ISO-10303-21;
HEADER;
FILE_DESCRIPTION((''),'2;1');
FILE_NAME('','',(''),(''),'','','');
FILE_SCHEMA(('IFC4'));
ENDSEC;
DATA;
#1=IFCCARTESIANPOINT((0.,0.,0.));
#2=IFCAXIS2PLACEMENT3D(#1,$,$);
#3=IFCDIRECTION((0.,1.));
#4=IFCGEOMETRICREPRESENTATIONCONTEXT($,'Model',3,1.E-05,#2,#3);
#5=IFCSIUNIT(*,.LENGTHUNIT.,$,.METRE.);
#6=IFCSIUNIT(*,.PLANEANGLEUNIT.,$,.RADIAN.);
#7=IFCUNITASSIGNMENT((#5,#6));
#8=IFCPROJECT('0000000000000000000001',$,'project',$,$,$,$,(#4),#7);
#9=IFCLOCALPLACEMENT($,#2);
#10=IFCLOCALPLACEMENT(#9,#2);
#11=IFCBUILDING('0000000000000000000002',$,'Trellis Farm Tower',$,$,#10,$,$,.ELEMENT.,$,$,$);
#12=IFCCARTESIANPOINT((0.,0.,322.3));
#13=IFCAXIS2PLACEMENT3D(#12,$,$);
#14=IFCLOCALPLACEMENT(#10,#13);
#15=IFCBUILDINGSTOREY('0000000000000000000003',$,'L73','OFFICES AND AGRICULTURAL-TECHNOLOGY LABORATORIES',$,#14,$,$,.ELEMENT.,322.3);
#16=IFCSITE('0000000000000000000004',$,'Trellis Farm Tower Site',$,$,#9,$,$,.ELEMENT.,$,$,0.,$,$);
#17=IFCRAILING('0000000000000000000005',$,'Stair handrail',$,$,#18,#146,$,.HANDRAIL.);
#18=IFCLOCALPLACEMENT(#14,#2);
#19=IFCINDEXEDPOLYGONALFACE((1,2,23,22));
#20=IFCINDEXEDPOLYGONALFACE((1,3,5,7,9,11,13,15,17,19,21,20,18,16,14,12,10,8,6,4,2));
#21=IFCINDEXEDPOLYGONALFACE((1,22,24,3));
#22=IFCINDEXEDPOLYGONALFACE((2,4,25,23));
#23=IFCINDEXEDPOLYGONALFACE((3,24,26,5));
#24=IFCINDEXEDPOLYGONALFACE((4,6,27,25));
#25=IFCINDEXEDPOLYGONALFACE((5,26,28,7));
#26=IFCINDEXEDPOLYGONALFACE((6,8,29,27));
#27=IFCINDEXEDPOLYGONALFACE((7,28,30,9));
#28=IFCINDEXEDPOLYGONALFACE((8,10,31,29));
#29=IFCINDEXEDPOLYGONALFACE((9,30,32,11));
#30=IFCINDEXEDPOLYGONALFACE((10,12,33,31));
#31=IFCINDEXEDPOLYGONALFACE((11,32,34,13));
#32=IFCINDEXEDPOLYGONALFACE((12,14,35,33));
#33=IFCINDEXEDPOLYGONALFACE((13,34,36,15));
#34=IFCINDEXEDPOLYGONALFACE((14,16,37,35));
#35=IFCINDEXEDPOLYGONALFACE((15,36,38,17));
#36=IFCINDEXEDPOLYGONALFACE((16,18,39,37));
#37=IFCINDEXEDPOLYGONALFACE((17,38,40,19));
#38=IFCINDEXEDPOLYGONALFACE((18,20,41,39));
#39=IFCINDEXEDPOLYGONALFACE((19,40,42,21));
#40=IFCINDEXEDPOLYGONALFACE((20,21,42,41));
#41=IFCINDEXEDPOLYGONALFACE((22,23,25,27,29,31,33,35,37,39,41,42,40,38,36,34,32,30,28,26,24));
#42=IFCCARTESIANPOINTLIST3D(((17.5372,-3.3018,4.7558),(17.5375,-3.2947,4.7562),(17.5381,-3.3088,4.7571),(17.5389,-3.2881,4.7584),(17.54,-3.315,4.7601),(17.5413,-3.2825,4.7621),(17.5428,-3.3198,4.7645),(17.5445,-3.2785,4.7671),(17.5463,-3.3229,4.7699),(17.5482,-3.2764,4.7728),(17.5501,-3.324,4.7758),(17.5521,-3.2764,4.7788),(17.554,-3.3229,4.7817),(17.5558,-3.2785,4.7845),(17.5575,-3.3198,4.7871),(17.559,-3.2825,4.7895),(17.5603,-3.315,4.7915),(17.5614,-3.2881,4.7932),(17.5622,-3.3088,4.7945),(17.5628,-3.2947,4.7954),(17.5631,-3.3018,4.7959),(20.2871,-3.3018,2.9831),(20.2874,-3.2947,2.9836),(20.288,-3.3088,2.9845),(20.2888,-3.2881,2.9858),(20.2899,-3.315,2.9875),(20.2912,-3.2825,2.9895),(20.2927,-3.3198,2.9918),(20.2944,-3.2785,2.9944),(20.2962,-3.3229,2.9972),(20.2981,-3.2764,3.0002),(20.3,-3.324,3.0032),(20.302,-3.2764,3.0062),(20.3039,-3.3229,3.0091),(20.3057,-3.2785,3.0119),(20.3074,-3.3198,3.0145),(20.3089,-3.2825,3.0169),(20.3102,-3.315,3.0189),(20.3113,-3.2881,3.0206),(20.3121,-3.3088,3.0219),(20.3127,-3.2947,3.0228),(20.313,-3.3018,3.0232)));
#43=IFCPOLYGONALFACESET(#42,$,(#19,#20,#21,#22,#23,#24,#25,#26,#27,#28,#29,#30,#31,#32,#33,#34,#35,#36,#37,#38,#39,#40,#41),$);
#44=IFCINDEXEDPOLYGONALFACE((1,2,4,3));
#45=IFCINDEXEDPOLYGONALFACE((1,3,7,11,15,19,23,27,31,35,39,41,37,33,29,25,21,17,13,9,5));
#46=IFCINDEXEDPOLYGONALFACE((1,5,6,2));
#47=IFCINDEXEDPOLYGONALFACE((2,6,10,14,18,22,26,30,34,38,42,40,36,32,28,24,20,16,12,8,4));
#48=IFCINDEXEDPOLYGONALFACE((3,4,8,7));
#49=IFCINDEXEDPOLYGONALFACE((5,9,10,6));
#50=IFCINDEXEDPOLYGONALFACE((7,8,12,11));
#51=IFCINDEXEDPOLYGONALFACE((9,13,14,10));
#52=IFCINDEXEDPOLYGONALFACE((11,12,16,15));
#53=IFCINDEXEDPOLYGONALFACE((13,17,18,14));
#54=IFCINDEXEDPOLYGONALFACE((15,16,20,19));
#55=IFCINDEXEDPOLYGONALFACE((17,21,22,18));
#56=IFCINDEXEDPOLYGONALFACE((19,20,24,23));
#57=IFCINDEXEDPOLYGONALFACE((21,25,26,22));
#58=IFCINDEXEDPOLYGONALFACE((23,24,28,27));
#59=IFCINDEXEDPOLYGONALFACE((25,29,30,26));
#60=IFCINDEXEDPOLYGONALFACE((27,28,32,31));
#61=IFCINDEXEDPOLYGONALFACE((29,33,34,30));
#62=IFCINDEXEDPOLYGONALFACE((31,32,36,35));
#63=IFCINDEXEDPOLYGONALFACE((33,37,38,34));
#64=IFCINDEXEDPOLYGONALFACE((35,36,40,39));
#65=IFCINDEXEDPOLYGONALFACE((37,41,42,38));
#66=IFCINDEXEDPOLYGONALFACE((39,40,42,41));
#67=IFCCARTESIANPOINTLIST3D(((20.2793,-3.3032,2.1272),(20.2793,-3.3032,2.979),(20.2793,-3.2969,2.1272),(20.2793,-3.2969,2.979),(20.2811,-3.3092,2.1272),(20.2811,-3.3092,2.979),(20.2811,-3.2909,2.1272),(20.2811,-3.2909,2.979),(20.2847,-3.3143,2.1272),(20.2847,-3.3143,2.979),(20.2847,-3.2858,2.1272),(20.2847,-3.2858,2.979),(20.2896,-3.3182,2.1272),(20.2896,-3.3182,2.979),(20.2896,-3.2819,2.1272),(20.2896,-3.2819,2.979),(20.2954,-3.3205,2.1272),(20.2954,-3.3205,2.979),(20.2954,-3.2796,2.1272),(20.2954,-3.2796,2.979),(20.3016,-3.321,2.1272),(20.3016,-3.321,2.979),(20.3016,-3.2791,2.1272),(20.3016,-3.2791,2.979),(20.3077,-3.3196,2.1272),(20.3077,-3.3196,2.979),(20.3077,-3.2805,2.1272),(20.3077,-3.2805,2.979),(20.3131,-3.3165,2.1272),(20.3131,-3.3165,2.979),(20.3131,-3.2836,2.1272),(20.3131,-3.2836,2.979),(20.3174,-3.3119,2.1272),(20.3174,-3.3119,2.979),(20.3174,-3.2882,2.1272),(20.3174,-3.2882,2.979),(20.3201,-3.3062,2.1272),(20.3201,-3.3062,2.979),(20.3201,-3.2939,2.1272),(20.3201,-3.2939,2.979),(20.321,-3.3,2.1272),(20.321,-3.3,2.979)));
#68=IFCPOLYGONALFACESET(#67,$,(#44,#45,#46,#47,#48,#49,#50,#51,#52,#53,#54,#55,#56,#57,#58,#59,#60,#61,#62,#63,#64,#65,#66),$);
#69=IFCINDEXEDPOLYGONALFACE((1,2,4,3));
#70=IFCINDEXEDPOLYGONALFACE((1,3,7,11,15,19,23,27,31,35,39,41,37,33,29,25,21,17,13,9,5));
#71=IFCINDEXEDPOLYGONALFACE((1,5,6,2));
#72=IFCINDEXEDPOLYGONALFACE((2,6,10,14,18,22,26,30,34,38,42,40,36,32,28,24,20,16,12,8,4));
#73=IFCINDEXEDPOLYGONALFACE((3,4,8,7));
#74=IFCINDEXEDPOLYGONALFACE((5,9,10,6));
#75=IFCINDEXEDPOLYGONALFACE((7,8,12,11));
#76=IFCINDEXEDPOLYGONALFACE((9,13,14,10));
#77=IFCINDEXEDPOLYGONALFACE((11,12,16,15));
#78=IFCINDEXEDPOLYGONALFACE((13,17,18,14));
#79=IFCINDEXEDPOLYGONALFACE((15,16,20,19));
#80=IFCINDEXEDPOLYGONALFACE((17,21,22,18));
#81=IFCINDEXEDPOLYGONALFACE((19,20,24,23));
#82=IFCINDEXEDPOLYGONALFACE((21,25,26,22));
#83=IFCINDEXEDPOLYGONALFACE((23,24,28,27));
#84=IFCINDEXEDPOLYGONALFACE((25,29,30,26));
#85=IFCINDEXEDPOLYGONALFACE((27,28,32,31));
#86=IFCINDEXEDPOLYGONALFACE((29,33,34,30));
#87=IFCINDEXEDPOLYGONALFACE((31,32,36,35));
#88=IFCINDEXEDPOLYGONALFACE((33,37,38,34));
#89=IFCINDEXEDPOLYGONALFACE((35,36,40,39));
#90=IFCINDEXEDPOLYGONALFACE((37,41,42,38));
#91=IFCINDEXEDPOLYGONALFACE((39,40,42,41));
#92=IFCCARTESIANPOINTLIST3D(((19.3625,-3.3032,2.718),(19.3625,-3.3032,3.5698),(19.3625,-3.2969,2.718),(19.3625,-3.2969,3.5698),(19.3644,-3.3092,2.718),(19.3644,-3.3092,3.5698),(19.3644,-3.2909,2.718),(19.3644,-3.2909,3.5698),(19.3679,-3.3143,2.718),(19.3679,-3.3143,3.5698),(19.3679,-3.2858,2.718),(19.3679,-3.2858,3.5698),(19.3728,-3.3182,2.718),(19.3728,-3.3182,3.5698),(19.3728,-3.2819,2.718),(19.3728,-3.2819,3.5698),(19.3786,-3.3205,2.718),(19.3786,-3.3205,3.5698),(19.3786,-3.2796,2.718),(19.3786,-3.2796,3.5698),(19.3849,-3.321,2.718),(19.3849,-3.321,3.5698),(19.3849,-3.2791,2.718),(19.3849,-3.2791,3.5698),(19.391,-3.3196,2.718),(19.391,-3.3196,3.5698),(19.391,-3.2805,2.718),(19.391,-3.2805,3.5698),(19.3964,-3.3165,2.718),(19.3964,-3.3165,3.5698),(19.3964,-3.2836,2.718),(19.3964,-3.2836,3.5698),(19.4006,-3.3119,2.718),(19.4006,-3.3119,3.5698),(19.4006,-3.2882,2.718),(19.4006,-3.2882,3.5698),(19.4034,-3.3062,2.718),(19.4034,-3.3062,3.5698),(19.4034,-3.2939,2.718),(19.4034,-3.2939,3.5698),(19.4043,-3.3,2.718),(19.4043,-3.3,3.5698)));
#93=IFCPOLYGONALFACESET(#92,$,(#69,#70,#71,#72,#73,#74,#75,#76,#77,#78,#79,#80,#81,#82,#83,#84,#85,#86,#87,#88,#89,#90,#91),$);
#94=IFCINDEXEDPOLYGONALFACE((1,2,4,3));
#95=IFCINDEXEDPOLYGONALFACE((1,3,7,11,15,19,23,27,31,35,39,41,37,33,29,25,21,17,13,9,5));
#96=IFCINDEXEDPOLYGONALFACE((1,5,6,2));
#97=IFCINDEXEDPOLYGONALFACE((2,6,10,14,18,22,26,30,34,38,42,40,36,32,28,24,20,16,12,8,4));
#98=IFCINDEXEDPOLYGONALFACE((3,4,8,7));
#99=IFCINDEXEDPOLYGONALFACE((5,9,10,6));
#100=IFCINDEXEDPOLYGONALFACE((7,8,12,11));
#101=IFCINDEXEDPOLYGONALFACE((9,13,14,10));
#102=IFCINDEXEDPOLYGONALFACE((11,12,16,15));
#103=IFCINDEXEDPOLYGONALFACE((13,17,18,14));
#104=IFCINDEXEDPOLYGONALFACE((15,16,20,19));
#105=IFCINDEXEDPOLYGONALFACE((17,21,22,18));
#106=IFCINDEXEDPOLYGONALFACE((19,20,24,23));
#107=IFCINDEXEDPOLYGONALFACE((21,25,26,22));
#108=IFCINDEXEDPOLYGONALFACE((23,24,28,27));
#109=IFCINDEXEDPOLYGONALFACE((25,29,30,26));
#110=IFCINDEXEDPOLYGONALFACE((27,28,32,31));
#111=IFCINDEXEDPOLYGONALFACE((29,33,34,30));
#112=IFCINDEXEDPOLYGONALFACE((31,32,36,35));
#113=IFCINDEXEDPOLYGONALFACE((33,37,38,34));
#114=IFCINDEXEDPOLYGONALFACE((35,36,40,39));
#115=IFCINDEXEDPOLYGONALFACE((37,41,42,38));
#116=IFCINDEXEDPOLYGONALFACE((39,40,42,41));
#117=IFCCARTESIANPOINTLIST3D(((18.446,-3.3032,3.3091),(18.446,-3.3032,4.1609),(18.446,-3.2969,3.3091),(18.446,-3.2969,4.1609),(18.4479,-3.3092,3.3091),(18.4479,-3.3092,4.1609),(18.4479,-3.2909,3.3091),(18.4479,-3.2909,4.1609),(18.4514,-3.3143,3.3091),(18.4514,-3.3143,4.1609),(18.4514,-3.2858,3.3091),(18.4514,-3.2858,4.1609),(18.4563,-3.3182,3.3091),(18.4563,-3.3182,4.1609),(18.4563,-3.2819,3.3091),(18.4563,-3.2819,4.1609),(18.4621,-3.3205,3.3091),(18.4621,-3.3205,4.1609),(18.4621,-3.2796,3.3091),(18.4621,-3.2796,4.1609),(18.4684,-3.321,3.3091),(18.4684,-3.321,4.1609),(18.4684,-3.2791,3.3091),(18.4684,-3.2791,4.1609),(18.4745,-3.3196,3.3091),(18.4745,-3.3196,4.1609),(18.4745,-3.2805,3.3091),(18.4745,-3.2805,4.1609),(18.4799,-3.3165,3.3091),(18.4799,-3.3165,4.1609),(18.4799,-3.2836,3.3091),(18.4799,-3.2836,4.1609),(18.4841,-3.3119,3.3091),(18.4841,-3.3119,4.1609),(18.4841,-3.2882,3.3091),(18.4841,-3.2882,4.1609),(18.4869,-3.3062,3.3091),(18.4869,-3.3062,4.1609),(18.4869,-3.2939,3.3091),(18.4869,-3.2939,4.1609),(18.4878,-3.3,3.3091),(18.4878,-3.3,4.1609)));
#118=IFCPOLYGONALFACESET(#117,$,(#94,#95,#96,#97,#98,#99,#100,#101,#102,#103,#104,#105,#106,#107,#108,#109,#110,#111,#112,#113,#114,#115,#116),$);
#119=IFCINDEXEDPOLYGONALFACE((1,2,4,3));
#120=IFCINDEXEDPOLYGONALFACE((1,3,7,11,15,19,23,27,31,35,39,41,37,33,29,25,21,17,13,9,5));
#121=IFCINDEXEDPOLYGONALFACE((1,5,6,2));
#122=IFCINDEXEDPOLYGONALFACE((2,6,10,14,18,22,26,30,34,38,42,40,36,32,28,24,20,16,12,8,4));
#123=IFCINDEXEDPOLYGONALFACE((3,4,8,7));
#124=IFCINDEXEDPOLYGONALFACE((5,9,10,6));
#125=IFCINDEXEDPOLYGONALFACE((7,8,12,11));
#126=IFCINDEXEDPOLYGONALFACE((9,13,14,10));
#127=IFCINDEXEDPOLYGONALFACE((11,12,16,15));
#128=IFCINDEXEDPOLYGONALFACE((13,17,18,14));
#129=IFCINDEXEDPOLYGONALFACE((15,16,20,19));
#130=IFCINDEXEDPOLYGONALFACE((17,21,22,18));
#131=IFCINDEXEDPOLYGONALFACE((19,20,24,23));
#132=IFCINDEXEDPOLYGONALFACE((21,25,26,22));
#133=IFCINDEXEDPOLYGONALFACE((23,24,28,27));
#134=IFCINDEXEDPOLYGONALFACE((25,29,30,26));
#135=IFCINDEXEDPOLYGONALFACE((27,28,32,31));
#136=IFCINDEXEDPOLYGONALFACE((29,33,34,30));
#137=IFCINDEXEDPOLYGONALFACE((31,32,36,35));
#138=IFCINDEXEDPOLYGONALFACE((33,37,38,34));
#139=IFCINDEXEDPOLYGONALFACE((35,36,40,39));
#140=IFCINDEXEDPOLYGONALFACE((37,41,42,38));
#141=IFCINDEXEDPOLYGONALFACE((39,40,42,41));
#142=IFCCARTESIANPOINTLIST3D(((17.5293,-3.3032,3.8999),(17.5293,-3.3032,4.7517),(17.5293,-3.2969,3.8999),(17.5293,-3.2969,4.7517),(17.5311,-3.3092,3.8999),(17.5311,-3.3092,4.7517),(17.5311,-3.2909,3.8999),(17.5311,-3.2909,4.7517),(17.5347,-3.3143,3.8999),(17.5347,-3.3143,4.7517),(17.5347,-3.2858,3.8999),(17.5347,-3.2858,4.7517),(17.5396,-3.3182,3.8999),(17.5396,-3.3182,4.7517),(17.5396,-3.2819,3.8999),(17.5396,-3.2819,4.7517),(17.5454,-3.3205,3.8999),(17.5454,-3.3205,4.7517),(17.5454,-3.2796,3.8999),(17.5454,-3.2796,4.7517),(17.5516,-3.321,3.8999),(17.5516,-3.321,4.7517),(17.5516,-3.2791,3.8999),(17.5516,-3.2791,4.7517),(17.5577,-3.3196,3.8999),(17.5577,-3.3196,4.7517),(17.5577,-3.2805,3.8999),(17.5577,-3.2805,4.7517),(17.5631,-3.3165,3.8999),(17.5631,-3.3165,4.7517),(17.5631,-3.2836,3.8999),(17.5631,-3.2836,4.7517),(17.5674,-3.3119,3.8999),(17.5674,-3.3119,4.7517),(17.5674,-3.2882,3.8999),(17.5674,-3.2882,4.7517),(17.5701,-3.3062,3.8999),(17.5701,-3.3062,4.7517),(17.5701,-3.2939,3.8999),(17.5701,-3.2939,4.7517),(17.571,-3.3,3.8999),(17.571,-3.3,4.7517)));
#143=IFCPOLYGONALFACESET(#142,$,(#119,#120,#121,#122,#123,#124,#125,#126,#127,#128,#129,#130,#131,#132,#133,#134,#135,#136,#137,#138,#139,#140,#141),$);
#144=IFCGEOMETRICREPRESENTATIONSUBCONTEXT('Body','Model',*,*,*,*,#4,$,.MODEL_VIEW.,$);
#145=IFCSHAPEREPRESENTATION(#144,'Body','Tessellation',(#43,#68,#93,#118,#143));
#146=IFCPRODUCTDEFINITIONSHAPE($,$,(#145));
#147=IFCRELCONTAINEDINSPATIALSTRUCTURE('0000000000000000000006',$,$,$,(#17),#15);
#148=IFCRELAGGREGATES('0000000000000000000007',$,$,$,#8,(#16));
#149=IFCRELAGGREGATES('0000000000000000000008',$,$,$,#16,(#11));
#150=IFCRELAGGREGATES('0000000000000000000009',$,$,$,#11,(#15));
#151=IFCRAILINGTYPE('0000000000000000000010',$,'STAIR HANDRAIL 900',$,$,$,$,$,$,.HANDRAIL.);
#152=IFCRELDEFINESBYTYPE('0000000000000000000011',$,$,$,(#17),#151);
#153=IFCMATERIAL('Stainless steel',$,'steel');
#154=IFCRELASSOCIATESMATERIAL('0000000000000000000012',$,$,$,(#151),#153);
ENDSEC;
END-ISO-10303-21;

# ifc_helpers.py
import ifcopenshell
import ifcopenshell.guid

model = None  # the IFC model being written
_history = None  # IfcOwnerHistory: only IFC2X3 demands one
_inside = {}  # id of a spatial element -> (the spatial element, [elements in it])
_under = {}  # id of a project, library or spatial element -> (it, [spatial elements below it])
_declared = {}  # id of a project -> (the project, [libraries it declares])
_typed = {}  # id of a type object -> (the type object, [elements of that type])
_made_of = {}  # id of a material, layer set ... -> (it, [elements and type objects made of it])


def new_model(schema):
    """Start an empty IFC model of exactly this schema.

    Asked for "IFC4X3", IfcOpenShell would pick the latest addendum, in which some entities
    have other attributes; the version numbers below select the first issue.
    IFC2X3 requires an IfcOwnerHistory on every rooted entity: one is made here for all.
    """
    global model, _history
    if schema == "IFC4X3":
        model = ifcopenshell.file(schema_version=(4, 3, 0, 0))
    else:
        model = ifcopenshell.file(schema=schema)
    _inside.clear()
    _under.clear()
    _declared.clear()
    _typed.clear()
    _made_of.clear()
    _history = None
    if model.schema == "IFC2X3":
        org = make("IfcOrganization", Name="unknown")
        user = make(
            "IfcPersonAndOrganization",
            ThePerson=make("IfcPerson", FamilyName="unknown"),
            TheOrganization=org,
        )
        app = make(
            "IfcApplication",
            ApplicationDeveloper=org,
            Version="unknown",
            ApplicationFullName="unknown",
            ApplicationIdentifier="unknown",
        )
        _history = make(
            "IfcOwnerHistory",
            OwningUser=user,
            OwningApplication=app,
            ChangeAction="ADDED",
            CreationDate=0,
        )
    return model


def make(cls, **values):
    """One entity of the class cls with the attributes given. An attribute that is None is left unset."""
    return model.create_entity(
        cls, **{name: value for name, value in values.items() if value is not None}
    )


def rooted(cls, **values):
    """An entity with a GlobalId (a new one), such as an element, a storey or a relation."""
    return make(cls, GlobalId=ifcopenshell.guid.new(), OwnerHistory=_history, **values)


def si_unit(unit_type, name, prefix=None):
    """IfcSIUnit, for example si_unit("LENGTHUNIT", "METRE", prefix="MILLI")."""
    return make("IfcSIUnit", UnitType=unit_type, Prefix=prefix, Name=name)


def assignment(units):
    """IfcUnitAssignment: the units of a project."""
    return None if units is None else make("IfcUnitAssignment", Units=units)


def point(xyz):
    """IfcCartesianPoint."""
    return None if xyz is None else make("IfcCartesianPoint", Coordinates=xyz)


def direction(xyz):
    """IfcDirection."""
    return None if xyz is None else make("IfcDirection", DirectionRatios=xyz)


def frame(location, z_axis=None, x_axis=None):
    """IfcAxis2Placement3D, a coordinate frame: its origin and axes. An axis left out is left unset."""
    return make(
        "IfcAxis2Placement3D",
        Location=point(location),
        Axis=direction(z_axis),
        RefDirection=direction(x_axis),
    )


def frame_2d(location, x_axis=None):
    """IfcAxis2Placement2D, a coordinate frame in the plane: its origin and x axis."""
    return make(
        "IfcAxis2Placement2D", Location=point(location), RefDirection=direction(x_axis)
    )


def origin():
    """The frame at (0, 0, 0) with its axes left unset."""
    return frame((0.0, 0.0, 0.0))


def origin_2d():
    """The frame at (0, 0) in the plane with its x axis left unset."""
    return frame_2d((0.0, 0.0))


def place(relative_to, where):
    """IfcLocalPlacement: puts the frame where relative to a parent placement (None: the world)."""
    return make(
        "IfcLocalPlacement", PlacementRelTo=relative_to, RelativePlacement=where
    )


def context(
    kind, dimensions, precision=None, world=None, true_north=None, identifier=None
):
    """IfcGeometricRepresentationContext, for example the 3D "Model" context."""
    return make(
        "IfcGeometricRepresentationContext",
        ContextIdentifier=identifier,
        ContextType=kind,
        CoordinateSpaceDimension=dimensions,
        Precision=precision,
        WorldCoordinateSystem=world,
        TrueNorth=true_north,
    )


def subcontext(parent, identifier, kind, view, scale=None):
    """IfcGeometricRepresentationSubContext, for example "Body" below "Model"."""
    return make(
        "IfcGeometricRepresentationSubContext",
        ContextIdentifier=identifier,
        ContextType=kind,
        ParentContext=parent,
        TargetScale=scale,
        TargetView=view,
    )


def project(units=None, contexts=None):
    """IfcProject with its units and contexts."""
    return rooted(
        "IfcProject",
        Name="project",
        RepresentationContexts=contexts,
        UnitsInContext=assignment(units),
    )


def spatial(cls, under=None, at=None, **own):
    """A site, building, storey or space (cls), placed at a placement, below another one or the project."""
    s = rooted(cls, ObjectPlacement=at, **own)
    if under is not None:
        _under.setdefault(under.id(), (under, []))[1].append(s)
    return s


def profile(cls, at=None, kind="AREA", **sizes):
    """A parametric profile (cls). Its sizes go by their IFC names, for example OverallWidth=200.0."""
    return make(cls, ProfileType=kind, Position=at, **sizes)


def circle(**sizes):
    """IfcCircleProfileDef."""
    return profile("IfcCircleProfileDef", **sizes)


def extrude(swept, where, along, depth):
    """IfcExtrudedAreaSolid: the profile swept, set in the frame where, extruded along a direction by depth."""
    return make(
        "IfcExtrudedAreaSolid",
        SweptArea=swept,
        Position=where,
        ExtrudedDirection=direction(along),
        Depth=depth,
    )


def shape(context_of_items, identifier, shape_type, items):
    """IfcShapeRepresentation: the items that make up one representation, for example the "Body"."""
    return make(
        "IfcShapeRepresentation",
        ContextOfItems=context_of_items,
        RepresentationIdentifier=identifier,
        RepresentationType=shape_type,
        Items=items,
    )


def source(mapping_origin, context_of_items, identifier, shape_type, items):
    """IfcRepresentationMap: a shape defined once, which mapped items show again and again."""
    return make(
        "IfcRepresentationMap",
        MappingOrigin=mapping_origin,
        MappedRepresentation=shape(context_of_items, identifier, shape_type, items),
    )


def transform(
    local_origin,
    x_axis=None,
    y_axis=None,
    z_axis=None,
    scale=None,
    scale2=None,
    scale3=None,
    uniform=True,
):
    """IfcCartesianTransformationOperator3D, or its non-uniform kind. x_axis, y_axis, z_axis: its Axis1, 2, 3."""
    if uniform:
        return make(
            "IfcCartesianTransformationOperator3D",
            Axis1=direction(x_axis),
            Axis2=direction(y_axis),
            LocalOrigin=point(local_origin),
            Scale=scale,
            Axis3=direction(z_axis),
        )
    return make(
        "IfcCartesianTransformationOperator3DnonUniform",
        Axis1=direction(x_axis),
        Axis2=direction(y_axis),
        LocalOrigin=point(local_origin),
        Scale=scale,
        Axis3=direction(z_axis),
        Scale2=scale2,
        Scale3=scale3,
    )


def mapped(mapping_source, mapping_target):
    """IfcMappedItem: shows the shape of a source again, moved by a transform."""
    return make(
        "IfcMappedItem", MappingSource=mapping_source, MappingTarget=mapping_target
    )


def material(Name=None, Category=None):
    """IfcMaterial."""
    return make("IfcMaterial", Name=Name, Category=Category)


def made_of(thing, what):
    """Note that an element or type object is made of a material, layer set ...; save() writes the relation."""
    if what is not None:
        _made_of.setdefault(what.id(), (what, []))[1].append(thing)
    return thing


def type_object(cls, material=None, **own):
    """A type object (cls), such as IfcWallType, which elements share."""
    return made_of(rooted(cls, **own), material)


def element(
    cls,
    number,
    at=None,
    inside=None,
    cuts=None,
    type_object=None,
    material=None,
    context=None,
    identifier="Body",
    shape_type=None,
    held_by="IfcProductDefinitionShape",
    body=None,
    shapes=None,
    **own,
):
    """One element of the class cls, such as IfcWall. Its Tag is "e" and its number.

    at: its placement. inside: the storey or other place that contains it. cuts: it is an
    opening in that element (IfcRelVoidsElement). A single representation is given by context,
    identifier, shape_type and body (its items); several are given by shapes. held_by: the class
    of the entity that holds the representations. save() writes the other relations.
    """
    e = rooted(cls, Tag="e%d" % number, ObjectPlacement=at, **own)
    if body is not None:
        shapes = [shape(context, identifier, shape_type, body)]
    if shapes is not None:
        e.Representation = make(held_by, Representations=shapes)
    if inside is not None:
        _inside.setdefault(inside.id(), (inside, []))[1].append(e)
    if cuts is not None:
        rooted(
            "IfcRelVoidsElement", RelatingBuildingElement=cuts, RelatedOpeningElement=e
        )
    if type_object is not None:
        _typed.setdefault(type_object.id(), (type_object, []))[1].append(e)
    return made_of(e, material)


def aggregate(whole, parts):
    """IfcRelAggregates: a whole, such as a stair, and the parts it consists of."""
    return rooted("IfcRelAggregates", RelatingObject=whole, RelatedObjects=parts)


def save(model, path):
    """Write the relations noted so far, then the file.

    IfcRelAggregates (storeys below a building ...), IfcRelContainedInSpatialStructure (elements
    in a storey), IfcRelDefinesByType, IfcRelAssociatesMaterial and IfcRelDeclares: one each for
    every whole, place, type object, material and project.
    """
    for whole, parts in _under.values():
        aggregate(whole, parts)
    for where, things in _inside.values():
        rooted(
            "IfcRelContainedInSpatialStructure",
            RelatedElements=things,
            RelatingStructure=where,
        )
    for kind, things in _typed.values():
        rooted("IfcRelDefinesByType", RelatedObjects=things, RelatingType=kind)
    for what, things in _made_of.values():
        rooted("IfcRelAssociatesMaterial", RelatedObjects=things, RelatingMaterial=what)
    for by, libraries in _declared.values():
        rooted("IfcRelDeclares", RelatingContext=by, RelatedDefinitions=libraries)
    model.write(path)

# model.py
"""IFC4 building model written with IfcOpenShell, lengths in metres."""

from ifc_helpers import new_model, si_unit, direction, frame, origin, origin_2d, place, context, subcontext, project, spatial, circle, extrude, source, transform, mapped, material, type_object, element, save


model = new_model("IFC4")

# Units and contexts
model_context = context("Model", 3, precision=1e-05, world=origin(), true_north=direction((0.0, 1.0)))
body_context = subcontext(model_context, "Body", "Model", "MODEL_VIEW")
ifc_project = project(units=[si_unit("LENGTHUNIT", "METRE"), si_unit("PLANEANGLEUNIT", "RADIAN")], contexts=[model_context])

# Site, building, storey
site_placement = place(None, origin())
site = spatial("IfcSite", under=ifc_project, at=site_placement, Name="Trellis Farm Tower Site", CompositionType="ELEMENT", RefElevation=0.0)
building_placement = place(site_placement, origin())
building = spatial("IfcBuilding", under=site, at=building_placement, Name="Trellis Farm Tower", CompositionType="ELEMENT")
storey_placement = place(building_placement, frame((0.0, 0.0, 322.3)))
storey = spatial("IfcBuildingStorey", under=building, at=storey_placement, Name="L73", Description="OFFICES AND AGRICULTURAL-TECHNOLOGY LABORATORIES", CompositionType="ELEMENT", Elevation=322.3)

# Railing
ifc_material_1 = material(Name="Stainless steel", Category="steel")
railing_type = type_object("IfcRailingType", Name="STAIR HANDRAIL 900", PredefinedType="HANDRAIL", material=ifc_material_1)
shared_shape_1 = source(origin(), body_context, "Body", "SweptSolid", [
    extrude(circle(Radius=0.0239, at=origin_2d()), frame((0.0, 0.0, 0.876), z_axis=(-0.840504, 0.0, 0.541806), x_axis=(0.0, -1.0, 0.0)), (0.0, 0.0, 1.0), 3.2717),
    extrude(circle(Radius=0.021, at=origin_2d()), origin(), (0.0, 0.0, 1.0), 0.8518),
    extrude(circle(Radius=0.021, at=origin_2d()), frame((-0.9167, 0.0, 0.5908)), (0.0, 0.0, 1.0), 0.8518),
    extrude(circle(Radius=0.021, at=origin_2d()), frame((-1.8333, 0.0, 1.1819)), (0.0, 0.0, 1.0), 0.8518),
    extrude(circle(Radius=0.021, at=origin_2d()), frame((-2.75, 0.0, 1.7727)), (0.0, 0.0, 1.0), 0.8518),
])
for number, where, name in (
    (1, (20.3, -3.3, 2.1272), "Stair handrail"),
):
    element("IfcRailing", number, at=place(storey_placement, frame(where)), inside=storey, type_object=railing_type, Name=name, PredefinedType="HANDRAIL", context=body_context, shape_type="MappedRepresentation", body=[
        mapped(shared_shape_1, transform((0.0, 0.0, 0.0))),
    ])

save(model, "model.ifc")
